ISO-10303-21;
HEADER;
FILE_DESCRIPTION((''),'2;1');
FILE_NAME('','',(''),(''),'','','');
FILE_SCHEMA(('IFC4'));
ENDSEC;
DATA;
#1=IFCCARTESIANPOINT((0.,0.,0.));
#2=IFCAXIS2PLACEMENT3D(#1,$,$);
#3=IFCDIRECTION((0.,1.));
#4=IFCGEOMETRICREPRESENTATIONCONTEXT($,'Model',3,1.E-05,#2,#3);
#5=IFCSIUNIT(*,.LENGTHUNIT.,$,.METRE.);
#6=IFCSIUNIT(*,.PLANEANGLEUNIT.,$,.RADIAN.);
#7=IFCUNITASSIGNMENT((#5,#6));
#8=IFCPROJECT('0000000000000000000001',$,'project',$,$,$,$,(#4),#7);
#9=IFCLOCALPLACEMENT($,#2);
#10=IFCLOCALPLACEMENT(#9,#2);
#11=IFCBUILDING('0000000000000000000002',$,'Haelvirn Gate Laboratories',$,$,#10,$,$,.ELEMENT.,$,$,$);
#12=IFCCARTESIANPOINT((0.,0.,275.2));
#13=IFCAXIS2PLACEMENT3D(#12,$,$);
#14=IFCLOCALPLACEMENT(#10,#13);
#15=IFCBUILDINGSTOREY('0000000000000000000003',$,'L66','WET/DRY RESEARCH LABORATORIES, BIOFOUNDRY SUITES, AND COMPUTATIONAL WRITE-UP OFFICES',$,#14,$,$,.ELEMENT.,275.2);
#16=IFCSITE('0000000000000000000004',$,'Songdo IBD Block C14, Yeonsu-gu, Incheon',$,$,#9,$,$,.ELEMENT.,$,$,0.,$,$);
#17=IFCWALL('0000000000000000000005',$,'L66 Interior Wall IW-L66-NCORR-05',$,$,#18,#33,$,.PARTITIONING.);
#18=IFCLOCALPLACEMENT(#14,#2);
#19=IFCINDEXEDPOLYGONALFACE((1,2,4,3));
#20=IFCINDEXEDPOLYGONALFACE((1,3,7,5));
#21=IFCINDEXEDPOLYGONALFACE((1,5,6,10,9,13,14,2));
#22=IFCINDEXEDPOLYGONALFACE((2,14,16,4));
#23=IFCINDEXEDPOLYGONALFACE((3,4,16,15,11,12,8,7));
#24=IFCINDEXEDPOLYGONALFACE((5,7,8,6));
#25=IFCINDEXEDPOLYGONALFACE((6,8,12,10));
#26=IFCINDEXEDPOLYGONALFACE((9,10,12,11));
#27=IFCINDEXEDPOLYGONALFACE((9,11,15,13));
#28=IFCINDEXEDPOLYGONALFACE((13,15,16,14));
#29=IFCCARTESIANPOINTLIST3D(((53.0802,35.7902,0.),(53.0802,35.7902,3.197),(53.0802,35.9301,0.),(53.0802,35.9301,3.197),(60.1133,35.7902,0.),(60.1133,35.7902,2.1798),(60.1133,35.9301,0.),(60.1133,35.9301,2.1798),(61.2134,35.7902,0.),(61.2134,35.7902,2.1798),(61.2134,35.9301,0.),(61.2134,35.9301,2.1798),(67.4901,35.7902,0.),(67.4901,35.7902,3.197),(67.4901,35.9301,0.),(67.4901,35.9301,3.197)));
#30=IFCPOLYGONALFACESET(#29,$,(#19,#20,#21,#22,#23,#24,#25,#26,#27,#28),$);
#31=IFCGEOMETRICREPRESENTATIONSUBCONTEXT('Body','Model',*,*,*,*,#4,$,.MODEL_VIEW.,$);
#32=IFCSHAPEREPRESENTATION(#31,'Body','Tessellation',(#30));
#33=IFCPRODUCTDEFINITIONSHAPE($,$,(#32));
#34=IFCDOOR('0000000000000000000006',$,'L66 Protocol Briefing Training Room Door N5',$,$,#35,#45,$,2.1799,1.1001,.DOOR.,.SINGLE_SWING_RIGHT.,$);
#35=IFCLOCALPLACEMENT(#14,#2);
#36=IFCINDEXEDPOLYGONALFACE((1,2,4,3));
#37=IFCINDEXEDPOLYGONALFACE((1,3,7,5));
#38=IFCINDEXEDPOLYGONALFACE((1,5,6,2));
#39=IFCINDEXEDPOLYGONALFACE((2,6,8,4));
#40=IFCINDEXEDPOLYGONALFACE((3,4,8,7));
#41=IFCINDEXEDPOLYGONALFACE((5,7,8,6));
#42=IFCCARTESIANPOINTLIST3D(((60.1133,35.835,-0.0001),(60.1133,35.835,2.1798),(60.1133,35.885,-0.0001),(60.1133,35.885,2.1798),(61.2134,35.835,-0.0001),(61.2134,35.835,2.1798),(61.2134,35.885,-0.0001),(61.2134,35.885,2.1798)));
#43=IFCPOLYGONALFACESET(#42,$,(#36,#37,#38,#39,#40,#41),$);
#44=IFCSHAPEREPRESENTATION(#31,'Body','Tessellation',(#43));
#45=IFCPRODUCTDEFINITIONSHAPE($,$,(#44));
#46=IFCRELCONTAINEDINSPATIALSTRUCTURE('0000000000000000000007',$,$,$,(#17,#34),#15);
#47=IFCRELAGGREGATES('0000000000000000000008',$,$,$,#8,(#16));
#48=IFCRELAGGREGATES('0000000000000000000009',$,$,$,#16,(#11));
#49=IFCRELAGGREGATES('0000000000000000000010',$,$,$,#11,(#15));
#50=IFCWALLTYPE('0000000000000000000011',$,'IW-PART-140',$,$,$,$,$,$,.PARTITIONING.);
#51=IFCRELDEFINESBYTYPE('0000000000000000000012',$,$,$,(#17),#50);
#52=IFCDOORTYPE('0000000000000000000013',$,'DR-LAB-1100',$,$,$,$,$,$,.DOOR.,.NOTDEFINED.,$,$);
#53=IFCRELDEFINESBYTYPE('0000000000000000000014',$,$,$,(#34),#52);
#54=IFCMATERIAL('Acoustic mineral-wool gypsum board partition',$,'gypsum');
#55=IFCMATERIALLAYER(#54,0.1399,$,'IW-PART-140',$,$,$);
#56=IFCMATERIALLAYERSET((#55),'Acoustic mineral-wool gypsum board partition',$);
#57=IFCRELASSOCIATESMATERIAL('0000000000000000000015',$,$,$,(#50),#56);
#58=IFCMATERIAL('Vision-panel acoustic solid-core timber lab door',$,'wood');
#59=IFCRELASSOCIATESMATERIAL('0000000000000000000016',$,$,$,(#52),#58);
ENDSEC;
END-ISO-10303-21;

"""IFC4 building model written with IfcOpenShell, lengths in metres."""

from ifc_helpers import new_model, si_unit, direction, frame, frame_2d, origin, place, context, subcontext, project, spatial, rectangle, extrude, source, transform, mapped, material, layer, layer_set, type_object, type_shapes, element, fill, save


model = new_model("IFC4")

# Units and contexts
model_context = context("Model", 3, precision=1e-05, world=origin(), true_north=direction((0.0, 1.0)))
body_context = subcontext(model_context, "Body", "Model", "MODEL_VIEW")
ifc_project = project(units=[si_unit("LENGTHUNIT", "METRE"), si_unit("PLANEANGLEUNIT", "RADIAN")], contexts=[model_context])

# Site, building, storey
site_placement = place(None, origin())
site = spatial("IfcSite", under=ifc_project, at=site_placement, Name="Songdo IBD Block C14, Yeonsu-gu, Incheon", CompositionType="ELEMENT", RefElevation=0.0)
building_placement = place(site_placement, origin())
building = spatial("IfcBuilding", under=site, at=building_placement, Name="Haelvirn Gate Laboratories", CompositionType="ELEMENT")
storey_placement = place(building_placement, frame((0.0, 0.0, 275.2)))
storey = spatial("IfcBuildingStorey", under=building, at=storey_placement, Name="L66", Description="WET/DRY RESEARCH LABORATORIES, BIOFOUNDRY SUITES, AND COMPUTATIONAL WRITE-UP OFFICES", CompositionType="ELEMENT", Elevation=275.2)

# Wall, opening, door
ifc_material_1 = material(Name="Acoustic mineral-wool gypsum board partition", Category="gypsum")
ifc_layer_1 = layer(ifc_material_1, 0.1399, Name="IW-PART-140")
ifc_layer_set_1 = layer_set([ifc_layer_1], Name="Acoustic mineral-wool gypsum board partition")
wall_type_1 = type_object("IfcWallType", Name="IW-PART-140", PredefinedType="PARTITIONING", material=ifc_layer_set_1)
ifc_material_2 = material(Name="Vision-panel acoustic solid-core timber lab door", Category="wood")
door_type = type_object("IfcDoorType", Name="DR-LAB-1100", OperationType="NOTDEFINED", PredefinedType="DOOR", material=ifc_material_2)
shared_shape_1 = source(origin(), body_context, "Body", "SweptSolid", [
    extrude(rectangle(XDim=1.1001, YDim=2.1799, at=frame_2d((0.55, 1.0898))), frame((0.0, 0.0249, 0.0), z_axis=(0.0, -1.0, 0.0), x_axis=(1.0, 0.0, 0.0)), (0.0, 0.0, 1.0), 0.05),
])
type_shapes(door_type, [shared_shape_1])
wall_1_placement = place(storey_placement, frame((53.0801, 35.8601, 0.0), z_axis=(0.0, 0.0, 1.0), x_axis=(1.0, 0.0, 0.0)))
wall_1 = element("IfcWall", 1, at=wall_1_placement, inside=storey, type_object=wall_type_1, Name="L66 Interior Wall IW-L66-NCORR-05", PredefinedType="PARTITIONING", context=body_context, shape_type="SweptSolid", body=[
    extrude(rectangle(XDim=14.4099, YDim=0.1399, at=frame_2d((7.2051, 0.0))), origin(), (0.0, 0.0, 1.0), 3.197),
])
opening_1_placement = place(wall_1_placement, frame((7.0332, 0.0, 0.0)))
opening_1 = element("IfcOpeningElement", 2, at=opening_1_placement, cuts=wall_1, PredefinedType="OPENING", context=body_context, shape_type="SweptSolid", body=[
    extrude(rectangle(XDim=1.1001, YDim=2.1799, at=frame_2d((0.55, 1.0898))), frame((0.0, 0.0801, 0.0), z_axis=(0.0, -1.0, 0.0), x_axis=(1.0, 0.0, 0.0)), (0.0, 0.0, 1.0), 0.1599),
])
door_1_placement = place(opening_1_placement, origin())
door_1 = element("IfcDoor", 3, at=door_1_placement, inside=storey, type_object=door_type, Name="L66 Protocol Briefing Training Room Door N5", OperationType="SINGLE_SWING_RIGHT", OverallHeight=2.1799, OverallWidth=1.1001, PredefinedType="DOOR", context=body_context, shape_type="MappedRepresentation", body=[
    mapped(shared_shape_1, transform((0.0, 0.0, 0.0), scale=1.0)),
])
fill(opening_1, door_1)

save(model, "model.ifc")
